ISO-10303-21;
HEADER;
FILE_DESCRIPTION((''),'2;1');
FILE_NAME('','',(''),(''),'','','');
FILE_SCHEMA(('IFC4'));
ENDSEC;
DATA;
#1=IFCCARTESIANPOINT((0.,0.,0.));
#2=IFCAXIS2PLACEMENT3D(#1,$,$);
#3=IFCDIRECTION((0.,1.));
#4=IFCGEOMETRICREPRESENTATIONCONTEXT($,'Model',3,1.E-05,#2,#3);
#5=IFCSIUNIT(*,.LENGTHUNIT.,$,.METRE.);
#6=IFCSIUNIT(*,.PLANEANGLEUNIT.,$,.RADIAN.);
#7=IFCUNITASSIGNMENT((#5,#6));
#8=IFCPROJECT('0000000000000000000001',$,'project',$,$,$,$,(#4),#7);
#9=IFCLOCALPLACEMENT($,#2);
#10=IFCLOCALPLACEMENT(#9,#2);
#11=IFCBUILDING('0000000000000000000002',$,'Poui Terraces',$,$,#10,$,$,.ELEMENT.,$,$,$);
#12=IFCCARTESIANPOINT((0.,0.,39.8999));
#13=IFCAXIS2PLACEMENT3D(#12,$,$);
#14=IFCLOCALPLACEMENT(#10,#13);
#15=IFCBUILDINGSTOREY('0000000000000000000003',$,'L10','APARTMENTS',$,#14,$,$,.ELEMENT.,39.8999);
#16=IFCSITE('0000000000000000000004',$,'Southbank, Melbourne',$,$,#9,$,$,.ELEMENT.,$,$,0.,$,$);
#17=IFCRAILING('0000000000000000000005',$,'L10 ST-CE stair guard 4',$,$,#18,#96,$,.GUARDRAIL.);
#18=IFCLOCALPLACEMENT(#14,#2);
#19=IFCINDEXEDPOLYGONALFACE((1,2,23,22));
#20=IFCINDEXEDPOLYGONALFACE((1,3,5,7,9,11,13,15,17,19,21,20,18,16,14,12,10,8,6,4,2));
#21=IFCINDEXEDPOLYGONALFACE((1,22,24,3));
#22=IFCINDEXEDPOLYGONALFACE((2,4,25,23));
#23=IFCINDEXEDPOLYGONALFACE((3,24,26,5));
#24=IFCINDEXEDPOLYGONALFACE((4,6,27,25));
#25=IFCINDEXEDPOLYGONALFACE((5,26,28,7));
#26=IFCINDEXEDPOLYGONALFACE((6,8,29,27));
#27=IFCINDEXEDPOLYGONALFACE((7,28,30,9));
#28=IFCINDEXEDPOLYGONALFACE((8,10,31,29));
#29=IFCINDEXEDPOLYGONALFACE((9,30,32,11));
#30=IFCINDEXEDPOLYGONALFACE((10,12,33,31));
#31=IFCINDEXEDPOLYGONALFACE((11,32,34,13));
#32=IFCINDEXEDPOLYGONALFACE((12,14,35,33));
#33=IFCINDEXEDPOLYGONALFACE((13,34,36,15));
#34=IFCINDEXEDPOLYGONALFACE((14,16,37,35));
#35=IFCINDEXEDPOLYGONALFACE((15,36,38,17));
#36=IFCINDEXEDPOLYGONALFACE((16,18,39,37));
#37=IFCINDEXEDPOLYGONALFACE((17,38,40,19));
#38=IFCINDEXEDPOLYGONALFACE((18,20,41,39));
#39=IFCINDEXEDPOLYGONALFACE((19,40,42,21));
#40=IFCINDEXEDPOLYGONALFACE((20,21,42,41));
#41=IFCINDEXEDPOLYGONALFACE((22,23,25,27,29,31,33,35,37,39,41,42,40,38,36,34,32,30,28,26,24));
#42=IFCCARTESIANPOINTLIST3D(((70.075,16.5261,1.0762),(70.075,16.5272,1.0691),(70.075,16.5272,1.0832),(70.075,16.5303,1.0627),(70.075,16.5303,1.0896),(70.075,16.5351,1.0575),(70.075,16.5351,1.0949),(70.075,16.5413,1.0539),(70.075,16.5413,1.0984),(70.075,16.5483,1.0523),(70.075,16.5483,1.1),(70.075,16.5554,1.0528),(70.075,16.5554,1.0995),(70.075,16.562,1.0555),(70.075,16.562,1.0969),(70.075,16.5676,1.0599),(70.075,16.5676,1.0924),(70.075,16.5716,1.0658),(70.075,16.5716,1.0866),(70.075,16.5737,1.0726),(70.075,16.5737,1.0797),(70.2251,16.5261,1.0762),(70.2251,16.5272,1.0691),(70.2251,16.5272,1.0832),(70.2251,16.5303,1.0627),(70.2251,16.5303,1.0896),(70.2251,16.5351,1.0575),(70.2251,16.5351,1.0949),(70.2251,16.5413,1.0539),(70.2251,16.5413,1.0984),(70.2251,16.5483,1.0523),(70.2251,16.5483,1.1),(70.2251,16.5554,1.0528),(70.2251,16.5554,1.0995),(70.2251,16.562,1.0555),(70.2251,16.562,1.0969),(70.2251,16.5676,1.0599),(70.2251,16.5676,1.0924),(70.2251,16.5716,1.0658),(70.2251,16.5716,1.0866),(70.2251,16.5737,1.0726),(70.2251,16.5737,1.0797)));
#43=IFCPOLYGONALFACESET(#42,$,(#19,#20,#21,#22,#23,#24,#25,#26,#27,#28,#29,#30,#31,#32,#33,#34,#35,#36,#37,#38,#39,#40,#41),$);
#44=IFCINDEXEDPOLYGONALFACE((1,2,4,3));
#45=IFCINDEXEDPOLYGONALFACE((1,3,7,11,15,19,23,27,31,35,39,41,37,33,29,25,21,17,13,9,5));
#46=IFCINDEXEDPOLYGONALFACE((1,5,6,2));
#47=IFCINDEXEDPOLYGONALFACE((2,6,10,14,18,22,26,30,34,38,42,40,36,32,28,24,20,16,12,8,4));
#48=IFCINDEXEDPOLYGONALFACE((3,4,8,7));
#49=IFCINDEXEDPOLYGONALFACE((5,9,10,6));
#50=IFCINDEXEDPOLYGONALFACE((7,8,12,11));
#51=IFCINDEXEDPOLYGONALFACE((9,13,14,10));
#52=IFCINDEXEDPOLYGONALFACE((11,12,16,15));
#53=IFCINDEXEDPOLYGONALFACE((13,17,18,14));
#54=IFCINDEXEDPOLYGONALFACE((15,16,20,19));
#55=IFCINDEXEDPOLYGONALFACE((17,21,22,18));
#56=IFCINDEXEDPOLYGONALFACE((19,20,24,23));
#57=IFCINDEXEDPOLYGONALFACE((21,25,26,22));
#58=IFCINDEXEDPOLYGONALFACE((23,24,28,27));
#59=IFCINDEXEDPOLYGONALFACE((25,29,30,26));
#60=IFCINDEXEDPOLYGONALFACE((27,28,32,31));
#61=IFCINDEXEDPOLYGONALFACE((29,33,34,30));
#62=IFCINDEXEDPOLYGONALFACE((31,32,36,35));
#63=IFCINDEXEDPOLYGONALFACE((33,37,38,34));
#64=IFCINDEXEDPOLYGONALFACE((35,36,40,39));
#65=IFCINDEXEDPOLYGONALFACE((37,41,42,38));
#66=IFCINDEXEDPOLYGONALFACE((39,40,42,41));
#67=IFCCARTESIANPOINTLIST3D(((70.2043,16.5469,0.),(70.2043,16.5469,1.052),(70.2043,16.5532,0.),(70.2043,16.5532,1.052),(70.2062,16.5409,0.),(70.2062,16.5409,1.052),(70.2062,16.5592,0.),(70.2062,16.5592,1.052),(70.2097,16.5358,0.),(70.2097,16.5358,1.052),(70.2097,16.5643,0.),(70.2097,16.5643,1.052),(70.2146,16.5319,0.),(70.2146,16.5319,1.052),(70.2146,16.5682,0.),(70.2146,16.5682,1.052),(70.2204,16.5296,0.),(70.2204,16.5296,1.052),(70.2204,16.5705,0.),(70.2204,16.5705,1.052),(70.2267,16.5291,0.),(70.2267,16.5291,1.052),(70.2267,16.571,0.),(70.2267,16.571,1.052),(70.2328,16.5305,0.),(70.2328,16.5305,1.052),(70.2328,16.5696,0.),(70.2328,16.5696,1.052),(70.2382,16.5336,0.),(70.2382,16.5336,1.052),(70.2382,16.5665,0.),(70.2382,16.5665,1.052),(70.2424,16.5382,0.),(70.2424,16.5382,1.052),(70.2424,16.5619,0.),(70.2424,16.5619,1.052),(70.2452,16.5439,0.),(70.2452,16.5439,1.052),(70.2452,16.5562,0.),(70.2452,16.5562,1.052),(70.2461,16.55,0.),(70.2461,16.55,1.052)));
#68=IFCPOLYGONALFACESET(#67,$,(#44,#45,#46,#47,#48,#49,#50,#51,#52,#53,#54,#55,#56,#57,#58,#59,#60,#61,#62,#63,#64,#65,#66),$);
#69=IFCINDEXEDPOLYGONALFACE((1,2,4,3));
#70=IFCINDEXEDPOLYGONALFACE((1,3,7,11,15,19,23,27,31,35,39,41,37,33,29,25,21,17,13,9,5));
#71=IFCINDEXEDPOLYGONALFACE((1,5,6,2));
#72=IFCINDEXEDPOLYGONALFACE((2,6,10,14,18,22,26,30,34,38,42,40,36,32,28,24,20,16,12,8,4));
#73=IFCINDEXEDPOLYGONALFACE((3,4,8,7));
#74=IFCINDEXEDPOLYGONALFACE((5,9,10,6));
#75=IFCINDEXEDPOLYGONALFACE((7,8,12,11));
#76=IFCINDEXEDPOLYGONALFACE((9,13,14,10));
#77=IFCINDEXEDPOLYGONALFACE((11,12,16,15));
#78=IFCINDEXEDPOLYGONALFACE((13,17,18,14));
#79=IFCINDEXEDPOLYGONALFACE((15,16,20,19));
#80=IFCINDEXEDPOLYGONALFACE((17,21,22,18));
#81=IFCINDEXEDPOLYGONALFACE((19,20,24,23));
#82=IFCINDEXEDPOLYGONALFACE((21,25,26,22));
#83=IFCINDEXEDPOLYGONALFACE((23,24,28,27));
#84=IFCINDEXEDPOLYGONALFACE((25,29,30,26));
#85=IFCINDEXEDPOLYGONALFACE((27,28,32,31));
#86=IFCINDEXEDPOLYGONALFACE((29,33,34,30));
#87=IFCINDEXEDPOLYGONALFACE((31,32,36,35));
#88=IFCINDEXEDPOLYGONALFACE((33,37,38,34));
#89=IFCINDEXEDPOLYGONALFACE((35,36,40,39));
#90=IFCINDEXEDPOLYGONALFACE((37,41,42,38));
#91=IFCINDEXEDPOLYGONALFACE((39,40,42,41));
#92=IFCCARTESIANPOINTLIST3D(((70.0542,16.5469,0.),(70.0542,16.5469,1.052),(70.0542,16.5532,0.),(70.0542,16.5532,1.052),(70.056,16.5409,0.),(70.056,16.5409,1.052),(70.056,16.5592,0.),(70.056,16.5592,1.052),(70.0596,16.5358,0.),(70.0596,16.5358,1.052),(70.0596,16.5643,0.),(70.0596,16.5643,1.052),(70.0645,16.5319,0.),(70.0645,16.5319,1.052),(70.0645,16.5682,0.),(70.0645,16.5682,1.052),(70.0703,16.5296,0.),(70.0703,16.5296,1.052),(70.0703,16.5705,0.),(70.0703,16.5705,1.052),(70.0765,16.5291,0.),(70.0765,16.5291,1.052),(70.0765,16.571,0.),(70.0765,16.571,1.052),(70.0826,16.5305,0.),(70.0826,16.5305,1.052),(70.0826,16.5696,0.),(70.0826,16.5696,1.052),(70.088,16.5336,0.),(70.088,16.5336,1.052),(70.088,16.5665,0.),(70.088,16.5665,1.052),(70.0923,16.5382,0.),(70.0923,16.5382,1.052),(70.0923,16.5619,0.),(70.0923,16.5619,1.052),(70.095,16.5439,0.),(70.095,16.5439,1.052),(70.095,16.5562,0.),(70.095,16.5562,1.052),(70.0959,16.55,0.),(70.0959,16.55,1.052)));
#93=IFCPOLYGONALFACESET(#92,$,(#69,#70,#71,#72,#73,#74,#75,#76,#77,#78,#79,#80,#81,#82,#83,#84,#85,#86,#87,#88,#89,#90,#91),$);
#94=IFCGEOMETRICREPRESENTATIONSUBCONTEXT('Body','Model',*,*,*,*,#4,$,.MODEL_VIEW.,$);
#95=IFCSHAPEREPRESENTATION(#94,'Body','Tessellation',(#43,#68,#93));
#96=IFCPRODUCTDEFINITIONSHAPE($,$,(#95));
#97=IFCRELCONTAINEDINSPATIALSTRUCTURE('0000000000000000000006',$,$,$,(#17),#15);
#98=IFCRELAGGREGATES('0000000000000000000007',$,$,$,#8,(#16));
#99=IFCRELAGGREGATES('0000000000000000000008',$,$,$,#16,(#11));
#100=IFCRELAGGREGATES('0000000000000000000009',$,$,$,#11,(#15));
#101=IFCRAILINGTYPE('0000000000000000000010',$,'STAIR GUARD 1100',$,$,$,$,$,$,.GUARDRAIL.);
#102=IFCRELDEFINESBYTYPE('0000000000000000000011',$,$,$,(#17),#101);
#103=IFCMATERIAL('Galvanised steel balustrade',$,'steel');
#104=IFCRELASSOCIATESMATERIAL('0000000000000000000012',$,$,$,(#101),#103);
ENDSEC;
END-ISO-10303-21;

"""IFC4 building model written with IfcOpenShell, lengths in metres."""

from ifc_helpers import new_model, si_unit, direction, frame, origin, origin_2d, place, context, subcontext, project, spatial, circle, extrude, material, type_object, element, save


model = new_model("IFC4")

# Units and contexts
model_context = context("Model", 3, precision=1e-05, world=origin(), true_north=direction((0.0, 1.0)))
body_context = subcontext(model_context, "Body", "Model", "MODEL_VIEW")
ifc_project = project(units=[si_unit("LENGTHUNIT", "METRE"), si_unit("PLANEANGLEUNIT", "RADIAN")], contexts=[model_context])

# Site, building, storey
site_placement = place(None, origin())
site = spatial("IfcSite", under=ifc_project, at=site_placement, Name="Southbank, Melbourne", CompositionType="ELEMENT", RefElevation=0.0)
building_placement = place(site_placement, origin())
building = spatial("IfcBuilding", under=site, at=building_placement, Name="Poui Terraces", CompositionType="ELEMENT")
storey_placement = place(building_placement, frame((0.0, 0.0, 39.8999)))
storey = spatial("IfcBuildingStorey", under=building, at=storey_placement, Name="L10", Description="APARTMENTS", CompositionType="ELEMENT", Elevation=39.8999)

# Railing
ifc_material_1 = material(Name="Galvanised steel balustrade", Category="steel")
railing_type = type_object("IfcRailingType", Name="STAIR GUARD 1100", PredefinedType="GUARDRAIL", material=ifc_material_1)
railing_1_placement = place(storey_placement, frame((70.2251, 16.55, 0.0)))
element("IfcRailing", 1, at=railing_1_placement, inside=storey, type_object=railing_type, Name="L10 ST-CE stair guard 4", PredefinedType="GUARDRAIL", context=body_context, shape_type="SweptSolid", body=[
    extrude(circle(Radius=0.0239, at=origin_2d()), frame((0.0, 0.0, 1.0762), z_axis=(-1.0, 0.0, 0.0), x_axis=(0.0, -1.0, 0.0)), (0.0, 0.0, 1.0), 0.1501),
    extrude(circle(Radius=0.021, at=origin_2d()), origin(), (0.0, 0.0, 1.0), 1.052),
    extrude(circle(Radius=0.021, at=origin_2d()), frame((-0.1501, 0.0, 0.0)), (0.0, 0.0, 1.0), 1.052),
])

save(model, "model.ifc")
